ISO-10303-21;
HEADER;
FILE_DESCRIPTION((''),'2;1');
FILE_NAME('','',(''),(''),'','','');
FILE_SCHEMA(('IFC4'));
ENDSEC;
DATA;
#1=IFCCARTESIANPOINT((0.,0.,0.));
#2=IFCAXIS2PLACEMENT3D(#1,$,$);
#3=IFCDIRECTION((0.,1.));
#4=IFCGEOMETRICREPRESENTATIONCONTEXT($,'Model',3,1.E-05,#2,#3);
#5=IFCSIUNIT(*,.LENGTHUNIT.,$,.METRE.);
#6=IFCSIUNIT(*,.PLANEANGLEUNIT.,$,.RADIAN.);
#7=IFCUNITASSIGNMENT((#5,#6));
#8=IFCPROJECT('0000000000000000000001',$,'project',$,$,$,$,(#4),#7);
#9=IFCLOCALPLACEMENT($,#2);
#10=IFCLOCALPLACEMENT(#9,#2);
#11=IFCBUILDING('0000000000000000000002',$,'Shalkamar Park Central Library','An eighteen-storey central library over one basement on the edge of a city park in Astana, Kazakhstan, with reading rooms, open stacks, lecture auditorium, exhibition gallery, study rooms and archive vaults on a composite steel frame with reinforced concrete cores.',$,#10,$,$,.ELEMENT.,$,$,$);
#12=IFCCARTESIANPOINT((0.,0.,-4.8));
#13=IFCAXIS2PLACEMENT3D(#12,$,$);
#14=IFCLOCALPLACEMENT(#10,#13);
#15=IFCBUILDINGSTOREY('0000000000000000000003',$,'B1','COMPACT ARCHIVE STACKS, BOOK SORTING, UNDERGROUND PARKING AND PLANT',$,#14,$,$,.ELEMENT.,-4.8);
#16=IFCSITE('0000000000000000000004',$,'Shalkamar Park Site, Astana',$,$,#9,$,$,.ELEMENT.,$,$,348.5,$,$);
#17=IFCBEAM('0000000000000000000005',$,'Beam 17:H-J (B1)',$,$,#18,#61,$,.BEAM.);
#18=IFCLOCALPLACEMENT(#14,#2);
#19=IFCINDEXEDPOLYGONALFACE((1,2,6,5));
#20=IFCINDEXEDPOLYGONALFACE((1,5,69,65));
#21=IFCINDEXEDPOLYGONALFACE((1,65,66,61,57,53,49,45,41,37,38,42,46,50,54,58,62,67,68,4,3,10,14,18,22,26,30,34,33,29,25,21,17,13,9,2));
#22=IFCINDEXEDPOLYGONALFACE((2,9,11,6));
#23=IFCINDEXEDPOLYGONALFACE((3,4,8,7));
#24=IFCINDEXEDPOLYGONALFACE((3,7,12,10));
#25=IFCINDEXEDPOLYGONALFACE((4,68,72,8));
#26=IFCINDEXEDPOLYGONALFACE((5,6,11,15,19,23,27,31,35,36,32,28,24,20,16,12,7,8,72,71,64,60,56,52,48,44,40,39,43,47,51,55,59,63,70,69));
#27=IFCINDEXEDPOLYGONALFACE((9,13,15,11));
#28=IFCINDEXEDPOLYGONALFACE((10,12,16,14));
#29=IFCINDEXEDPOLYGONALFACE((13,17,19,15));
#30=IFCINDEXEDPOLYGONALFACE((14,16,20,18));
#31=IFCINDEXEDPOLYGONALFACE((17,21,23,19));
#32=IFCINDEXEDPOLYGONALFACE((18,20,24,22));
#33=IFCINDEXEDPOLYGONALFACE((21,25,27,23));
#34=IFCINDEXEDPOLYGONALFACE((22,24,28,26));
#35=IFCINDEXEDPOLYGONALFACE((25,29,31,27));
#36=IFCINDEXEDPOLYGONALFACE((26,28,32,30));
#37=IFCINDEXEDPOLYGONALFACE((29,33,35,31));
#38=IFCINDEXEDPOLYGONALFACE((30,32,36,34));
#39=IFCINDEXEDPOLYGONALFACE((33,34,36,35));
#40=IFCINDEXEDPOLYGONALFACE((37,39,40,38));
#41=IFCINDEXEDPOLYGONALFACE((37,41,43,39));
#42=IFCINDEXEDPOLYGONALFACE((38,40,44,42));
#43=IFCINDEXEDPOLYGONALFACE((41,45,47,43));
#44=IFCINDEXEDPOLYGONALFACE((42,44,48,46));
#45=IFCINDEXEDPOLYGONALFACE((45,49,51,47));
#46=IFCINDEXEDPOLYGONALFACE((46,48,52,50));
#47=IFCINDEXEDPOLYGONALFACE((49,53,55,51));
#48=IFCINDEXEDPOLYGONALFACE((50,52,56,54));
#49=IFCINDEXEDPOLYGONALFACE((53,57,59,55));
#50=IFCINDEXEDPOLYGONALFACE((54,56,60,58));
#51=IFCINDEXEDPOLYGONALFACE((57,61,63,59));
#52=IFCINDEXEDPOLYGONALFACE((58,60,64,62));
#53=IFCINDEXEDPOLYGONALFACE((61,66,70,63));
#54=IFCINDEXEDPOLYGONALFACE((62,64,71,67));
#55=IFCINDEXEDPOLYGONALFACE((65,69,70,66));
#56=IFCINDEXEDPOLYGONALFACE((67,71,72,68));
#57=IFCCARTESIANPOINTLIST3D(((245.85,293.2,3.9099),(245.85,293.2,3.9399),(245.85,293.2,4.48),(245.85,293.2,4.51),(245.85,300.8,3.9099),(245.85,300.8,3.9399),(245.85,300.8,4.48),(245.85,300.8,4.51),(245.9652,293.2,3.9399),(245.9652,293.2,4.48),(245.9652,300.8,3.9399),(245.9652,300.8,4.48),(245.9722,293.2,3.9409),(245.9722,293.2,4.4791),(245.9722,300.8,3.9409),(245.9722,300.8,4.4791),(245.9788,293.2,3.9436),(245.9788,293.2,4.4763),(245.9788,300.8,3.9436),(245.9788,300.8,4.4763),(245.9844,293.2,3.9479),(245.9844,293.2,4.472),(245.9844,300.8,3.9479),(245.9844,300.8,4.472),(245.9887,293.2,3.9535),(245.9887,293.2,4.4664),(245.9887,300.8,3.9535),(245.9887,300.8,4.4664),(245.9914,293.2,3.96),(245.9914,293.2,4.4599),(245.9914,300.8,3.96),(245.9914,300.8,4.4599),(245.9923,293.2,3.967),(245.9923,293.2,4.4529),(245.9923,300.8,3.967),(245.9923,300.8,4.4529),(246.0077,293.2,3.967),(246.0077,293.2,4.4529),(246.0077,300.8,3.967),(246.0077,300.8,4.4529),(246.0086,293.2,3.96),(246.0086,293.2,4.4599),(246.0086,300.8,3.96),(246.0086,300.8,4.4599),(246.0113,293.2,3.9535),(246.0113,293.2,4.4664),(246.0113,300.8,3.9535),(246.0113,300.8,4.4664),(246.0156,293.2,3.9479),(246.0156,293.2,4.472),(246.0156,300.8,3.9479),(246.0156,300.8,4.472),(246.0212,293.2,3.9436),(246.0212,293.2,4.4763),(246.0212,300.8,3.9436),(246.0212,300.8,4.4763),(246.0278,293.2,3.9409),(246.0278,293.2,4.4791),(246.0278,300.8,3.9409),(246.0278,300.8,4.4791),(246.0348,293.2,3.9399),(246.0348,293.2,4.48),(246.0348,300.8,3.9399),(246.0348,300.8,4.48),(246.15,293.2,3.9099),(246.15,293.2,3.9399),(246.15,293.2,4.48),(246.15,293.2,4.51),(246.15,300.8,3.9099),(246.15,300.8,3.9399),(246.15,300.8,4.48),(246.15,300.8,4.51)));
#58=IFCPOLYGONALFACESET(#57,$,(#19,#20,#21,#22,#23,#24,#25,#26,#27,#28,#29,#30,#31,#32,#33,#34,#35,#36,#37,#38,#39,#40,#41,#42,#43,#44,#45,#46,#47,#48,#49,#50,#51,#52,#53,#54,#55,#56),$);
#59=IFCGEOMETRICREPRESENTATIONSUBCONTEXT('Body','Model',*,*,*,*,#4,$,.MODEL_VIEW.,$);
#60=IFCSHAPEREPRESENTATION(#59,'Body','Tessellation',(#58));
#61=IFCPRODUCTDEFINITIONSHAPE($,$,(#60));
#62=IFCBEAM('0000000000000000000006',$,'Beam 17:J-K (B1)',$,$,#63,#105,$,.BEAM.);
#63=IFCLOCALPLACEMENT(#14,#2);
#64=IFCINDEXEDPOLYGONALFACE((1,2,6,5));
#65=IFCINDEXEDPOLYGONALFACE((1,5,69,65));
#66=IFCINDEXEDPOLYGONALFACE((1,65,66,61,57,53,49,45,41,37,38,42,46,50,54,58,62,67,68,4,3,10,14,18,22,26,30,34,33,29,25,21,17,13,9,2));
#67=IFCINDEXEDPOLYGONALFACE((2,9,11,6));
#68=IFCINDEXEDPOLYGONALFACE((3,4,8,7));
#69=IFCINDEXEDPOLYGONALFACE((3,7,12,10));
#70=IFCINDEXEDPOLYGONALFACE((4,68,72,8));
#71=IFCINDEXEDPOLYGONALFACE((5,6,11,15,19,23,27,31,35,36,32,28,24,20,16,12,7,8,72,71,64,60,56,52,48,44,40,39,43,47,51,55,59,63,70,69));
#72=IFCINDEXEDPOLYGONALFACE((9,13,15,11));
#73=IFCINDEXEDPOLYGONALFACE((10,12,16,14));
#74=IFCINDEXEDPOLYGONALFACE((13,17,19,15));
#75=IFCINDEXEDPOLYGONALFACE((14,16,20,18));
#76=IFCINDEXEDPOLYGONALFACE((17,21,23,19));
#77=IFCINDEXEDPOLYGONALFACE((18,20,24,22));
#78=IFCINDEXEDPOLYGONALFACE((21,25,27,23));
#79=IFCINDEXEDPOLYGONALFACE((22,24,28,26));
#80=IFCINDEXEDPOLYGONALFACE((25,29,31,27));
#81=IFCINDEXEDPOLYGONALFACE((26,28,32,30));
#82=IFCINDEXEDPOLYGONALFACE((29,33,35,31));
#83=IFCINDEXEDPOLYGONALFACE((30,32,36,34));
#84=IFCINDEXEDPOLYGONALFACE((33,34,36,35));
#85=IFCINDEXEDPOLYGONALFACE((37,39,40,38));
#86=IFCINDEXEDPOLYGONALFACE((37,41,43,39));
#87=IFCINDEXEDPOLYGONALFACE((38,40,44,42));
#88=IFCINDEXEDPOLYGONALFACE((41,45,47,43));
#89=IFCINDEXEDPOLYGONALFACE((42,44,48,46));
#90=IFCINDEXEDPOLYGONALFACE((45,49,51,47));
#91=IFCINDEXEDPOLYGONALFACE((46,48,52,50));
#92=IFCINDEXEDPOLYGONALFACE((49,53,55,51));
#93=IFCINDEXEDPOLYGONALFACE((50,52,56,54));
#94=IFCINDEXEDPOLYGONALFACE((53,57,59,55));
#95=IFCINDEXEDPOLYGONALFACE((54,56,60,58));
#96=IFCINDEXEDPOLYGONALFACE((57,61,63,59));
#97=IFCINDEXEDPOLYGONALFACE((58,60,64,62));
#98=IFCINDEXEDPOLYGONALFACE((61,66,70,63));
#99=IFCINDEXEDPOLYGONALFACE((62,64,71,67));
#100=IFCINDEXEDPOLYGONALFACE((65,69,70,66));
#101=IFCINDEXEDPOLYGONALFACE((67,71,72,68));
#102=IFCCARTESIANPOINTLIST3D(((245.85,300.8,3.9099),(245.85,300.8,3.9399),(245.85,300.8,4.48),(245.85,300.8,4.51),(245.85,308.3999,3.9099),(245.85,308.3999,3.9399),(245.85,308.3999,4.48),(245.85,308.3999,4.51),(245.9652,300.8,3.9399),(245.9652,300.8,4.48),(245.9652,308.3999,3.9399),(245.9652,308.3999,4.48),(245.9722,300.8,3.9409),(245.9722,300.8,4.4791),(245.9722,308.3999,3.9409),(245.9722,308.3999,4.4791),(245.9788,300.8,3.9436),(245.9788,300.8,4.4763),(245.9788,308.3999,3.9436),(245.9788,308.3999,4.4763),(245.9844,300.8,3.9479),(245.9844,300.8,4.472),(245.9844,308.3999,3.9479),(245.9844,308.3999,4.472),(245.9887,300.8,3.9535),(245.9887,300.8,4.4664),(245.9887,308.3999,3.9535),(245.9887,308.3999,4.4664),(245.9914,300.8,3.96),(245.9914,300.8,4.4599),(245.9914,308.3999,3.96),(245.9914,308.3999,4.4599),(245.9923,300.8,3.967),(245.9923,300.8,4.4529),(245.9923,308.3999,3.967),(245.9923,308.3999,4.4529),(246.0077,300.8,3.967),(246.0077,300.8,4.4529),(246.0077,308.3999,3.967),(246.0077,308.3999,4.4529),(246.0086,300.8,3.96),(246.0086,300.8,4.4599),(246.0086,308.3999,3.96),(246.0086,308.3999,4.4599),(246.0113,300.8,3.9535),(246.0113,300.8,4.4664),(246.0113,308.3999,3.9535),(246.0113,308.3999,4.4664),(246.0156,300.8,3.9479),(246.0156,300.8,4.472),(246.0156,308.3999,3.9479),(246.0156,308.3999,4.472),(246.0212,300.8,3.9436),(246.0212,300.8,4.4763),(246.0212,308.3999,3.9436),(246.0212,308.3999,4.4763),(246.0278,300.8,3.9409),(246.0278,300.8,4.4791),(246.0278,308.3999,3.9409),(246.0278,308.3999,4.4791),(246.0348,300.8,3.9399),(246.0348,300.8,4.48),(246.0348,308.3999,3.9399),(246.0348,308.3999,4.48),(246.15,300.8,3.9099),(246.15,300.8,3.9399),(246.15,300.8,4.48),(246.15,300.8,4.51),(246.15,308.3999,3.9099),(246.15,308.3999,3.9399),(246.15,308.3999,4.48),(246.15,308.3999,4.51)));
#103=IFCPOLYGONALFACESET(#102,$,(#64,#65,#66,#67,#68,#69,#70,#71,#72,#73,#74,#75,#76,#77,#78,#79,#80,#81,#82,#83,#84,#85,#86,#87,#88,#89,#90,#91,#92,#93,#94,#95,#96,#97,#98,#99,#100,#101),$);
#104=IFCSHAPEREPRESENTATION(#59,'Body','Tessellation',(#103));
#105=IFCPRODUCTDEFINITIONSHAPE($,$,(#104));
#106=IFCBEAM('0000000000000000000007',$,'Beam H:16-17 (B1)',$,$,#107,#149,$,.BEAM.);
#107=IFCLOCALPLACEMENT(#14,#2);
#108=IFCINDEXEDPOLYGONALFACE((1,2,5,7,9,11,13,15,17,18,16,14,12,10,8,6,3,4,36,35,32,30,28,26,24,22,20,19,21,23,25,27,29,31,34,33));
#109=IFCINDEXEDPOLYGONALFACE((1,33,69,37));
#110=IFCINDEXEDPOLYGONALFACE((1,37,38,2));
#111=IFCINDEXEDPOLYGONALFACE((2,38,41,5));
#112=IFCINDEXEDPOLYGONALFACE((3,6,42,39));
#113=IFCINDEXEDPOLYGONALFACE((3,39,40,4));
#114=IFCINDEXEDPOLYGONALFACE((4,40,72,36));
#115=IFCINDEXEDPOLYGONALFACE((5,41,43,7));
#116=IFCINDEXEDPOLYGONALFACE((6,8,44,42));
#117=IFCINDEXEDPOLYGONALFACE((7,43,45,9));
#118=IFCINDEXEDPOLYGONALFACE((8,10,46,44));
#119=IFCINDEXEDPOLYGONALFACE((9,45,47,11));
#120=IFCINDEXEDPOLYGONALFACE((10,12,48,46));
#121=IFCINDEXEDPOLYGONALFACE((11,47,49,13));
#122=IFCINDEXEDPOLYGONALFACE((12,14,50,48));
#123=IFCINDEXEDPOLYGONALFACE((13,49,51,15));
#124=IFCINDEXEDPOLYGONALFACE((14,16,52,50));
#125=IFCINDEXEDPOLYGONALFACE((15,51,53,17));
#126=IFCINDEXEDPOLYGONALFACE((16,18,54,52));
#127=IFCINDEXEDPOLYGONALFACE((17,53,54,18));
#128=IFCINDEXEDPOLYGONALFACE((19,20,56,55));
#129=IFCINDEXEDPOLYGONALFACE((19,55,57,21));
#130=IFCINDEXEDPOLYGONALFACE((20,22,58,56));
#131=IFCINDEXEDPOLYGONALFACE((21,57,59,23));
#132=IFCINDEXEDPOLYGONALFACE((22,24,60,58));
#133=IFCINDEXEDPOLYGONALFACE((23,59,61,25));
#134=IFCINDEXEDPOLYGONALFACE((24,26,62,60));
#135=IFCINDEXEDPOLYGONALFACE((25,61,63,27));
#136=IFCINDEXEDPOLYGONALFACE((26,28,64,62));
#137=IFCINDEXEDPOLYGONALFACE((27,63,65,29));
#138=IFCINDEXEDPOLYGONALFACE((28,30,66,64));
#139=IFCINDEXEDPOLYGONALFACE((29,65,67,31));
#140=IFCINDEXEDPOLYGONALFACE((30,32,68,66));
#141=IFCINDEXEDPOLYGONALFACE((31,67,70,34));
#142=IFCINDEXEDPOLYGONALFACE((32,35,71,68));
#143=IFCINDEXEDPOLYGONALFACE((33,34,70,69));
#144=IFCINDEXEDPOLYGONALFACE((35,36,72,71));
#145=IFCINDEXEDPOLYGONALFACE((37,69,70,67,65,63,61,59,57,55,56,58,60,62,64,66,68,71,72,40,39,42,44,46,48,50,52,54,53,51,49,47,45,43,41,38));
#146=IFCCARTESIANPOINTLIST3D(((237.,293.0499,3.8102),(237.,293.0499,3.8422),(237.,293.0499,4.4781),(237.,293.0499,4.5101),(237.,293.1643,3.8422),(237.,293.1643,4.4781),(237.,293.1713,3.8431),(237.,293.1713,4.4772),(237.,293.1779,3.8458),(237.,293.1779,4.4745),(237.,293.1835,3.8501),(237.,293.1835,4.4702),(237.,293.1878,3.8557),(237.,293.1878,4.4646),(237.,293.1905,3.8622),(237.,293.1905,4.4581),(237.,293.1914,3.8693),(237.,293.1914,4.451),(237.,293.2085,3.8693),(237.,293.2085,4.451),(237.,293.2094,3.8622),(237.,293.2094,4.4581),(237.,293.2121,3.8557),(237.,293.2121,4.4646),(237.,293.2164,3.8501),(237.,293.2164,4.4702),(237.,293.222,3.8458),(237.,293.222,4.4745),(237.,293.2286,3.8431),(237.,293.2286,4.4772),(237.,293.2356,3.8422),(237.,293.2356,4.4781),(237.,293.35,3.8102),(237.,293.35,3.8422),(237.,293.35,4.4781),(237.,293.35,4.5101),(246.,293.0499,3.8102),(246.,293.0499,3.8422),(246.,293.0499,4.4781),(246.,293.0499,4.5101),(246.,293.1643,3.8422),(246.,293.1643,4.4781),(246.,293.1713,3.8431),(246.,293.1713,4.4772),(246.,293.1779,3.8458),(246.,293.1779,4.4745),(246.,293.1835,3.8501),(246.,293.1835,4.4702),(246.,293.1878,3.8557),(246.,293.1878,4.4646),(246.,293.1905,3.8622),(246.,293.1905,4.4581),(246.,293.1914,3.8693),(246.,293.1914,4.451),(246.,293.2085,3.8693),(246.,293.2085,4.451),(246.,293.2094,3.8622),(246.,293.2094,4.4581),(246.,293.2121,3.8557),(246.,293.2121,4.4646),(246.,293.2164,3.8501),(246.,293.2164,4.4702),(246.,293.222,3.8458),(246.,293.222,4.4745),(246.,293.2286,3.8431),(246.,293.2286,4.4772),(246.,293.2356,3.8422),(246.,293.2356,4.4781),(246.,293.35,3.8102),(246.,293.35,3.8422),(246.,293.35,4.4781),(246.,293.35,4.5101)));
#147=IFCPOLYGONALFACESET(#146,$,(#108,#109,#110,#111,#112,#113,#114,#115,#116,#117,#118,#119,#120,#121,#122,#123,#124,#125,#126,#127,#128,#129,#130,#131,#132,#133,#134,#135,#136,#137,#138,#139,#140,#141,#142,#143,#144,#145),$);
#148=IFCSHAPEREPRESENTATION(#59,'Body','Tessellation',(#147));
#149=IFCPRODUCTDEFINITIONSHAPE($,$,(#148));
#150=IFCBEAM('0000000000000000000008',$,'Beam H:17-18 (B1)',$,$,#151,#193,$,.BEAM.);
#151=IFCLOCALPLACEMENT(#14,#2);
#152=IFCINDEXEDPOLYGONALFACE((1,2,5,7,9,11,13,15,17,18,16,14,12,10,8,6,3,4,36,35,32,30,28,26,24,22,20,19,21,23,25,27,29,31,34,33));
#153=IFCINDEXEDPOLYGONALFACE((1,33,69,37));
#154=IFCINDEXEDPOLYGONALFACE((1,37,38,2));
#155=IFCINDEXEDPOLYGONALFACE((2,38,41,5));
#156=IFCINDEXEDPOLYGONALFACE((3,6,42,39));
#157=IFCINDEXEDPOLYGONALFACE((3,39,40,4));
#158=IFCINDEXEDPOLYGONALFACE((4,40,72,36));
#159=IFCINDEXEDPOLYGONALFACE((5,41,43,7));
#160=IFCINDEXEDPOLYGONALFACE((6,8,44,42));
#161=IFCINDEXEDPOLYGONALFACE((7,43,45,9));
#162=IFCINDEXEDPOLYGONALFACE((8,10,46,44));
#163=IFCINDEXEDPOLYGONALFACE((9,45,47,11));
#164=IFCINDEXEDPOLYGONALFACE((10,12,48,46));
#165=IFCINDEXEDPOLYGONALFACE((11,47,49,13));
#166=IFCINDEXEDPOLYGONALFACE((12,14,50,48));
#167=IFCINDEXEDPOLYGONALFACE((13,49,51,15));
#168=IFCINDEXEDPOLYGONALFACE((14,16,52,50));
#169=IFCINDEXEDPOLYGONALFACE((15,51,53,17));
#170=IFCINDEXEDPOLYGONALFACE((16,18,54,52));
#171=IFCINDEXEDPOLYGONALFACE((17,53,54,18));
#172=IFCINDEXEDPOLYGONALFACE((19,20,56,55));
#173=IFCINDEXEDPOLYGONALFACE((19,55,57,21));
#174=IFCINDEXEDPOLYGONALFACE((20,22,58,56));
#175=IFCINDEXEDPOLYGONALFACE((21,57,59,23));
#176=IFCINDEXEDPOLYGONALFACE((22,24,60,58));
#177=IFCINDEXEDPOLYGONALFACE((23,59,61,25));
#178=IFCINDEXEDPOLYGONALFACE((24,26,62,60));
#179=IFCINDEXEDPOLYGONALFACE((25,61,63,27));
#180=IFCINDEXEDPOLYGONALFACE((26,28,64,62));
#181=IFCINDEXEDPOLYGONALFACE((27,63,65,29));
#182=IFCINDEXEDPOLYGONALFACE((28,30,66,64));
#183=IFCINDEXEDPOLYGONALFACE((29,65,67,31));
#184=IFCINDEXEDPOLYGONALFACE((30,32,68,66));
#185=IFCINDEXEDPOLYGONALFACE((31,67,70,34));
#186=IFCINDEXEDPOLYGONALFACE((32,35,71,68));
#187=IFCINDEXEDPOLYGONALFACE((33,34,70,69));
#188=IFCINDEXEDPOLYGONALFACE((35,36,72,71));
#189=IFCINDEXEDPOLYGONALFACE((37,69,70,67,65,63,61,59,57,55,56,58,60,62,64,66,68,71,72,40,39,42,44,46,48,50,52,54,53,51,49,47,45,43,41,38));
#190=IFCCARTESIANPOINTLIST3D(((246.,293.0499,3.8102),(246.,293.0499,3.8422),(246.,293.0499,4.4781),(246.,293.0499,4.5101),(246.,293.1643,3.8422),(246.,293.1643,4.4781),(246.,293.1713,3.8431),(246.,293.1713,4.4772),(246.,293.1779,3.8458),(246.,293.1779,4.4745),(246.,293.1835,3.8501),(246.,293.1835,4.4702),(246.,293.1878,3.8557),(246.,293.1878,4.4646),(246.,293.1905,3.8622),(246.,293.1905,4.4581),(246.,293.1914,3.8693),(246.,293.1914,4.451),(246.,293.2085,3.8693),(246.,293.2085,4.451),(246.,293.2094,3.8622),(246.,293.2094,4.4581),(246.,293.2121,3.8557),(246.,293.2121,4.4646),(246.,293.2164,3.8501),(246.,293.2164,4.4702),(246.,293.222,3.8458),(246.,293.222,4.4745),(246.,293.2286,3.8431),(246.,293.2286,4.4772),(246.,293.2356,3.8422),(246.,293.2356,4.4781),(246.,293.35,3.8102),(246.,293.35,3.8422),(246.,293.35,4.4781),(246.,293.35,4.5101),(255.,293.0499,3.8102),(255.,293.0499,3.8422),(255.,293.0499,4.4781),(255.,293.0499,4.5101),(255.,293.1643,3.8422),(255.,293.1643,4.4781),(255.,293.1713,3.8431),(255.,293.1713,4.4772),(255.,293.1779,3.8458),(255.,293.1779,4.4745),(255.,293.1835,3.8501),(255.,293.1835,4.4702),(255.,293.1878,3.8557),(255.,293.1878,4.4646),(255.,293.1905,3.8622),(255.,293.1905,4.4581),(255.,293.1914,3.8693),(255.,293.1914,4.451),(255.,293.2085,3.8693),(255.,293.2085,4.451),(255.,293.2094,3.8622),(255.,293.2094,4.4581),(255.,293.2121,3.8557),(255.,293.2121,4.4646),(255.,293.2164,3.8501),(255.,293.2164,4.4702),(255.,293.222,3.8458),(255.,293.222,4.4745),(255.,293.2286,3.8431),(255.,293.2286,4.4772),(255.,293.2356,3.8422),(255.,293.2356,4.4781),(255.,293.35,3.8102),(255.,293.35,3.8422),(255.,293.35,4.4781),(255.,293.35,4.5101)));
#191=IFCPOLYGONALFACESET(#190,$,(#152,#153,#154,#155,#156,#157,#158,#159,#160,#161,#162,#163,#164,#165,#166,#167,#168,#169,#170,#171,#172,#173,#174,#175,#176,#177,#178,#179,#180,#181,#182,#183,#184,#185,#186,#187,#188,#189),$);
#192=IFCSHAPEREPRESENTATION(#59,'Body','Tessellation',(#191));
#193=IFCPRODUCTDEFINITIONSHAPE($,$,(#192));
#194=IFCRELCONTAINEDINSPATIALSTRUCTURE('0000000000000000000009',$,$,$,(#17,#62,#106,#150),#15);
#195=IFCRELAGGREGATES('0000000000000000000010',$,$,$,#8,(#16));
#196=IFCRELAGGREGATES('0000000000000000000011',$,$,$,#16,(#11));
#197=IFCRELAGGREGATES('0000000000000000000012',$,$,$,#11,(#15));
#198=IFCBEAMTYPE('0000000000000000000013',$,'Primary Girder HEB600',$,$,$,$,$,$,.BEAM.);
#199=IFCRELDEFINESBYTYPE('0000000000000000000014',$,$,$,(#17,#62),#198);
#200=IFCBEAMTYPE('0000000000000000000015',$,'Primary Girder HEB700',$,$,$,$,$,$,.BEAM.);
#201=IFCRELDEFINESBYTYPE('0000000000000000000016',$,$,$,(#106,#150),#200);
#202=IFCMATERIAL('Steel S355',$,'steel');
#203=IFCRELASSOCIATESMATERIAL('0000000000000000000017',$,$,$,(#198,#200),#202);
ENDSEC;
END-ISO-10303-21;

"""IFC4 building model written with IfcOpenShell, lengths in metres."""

from ifc_helpers import new_model, si_unit, direction, frame, origin, origin_2d, place, context, subcontext, project, spatial, i_section, extrude, material, material_profile, profile_set, type_object, element, save


model = new_model("IFC4")

# Units and contexts
model_context = context("Model", 3, precision=1e-05, world=origin(), true_north=direction((0.0, 1.0)))
body_context = subcontext(model_context, "Body", "Model", "MODEL_VIEW")
ifc_project = project(units=[si_unit("LENGTHUNIT", "METRE"), si_unit("PLANEANGLEUNIT", "RADIAN")], contexts=[model_context])

# Site, building, storey
site_placement = place(None, origin())
site = spatial("IfcSite", under=ifc_project, at=site_placement, Name="Shalkamar Park Site, Astana", CompositionType="ELEMENT", RefElevation=348.5)
building_placement = place(site_placement, origin())
building = spatial("IfcBuilding", under=site, at=building_placement, Name="Shalkamar Park Central Library", Description="An eighteen-storey central library over one basement on the edge of a city park in Astana, Kazakhstan, with reading rooms, open stacks, lecture auditorium, exhibition gallery, study rooms and archive vaults on a composite steel frame with reinforced concrete cores.", CompositionType="ELEMENT")
storey_placement = place(building_placement, frame((0.0, 0.0, -4.8)))
storey = spatial("IfcBuildingStorey", under=building, at=storey_placement, Name="B1", Description="COMPACT ARCHIVE STACKS, BOOK SORTING, UNDERGROUND PARKING AND PLANT", CompositionType="ELEMENT", Elevation=-4.8)

# Shared definitions
ifc_material_1 = material(Name="Steel S355", Category="steel")

# Beams
ifc_material_profile_1 = material_profile(ifc_material_1, i_section(OverallWidth=0.3, OverallDepth=0.6001, WebThickness=0.0154, FlangeThickness=0.03, FilletRadius=0.0271, at=origin_2d()), Name="HEB 600")
ifc_profile_set_1 = profile_set([ifc_material_profile_1], Name="Steel S355")
beam_type_1 = type_object("IfcBeamType", Name="Primary Girder HEB600", PredefinedType="BEAM", material=ifc_profile_set_1)
beam_1_placement = place(storey_placement, frame((246.0, 293.2, 4.21), z_axis=(0.0, 1.0, 0.0), x_axis=(-1.0, 0.0, 0.0)))
element("IfcBeam", 1, at=beam_1_placement, inside=storey, type_object=beam_type_1, Name="Beam 17:H-J (B1)", PredefinedType="BEAM", context=body_context, shape_type="SweptSolid", body=[
    extrude(i_section(OverallWidth=0.3, OverallDepth=0.6001, WebThickness=0.0154, FlangeThickness=0.03, FilletRadius=0.0271, at=origin_2d()), origin(), (0.0, 0.0, 1.0), 7.6001),
])
beam_2_placement = place(storey_placement, frame((246.0, 300.8, 4.21), z_axis=(0.0, 1.0, 0.0), x_axis=(-1.0, 0.0, 0.0)))
element("IfcBeam", 2, at=beam_2_placement, inside=storey, type_object=beam_type_1, Name="Beam 17:J-K (B1)", PredefinedType="BEAM", context=body_context, shape_type="SweptSolid", body=[
    extrude(i_section(OverallWidth=0.3, OverallDepth=0.6001, WebThickness=0.0154, FlangeThickness=0.03, FilletRadius=0.0271, at=origin_2d()), origin(), (0.0, 0.0, 1.0), 7.5999),
])
ifc_material_profile_2 = material_profile(ifc_material_1, i_section(OverallWidth=0.3, OverallDepth=0.7, WebThickness=0.0171, FlangeThickness=0.032, FilletRadius=0.0271, at=origin_2d()), Name="HEB 700")
ifc_profile_set_2 = profile_set([ifc_material_profile_2], Name="Steel S355")
beam_type_2 = type_object("IfcBeamType", Name="Primary Girder HEB700", PredefinedType="BEAM", material=ifc_profile_set_2)
for number, where, z_axis, x_axis, name in (
    (3, (237.0, 293.2, 4.1602), (1.0, 0.0, 0.0), (0.0, 1.0, 0.0), "Beam H:16-17 (B1)"),
    (4, (246.0, 293.2, 4.1602), (1.0, 0.0, 0.0), (0.0, 1.0, 0.0), "Beam H:17-18 (B1)"),
):
    element("IfcBeam", number, at=place(storey_placement, frame(where, z_axis=z_axis, x_axis=x_axis)), inside=storey, type_object=beam_type_2, Name=name, PredefinedType="BEAM", context=body_context, shape_type="SweptSolid", body=[
        extrude(i_section(OverallWidth=0.3, OverallDepth=0.7, WebThickness=0.0171, FlangeThickness=0.032, FilletRadius=0.0271, at=origin_2d()), origin(), (0.0, 0.0, 1.0), 9.0),
    ])

save(model, "model.ifc")
